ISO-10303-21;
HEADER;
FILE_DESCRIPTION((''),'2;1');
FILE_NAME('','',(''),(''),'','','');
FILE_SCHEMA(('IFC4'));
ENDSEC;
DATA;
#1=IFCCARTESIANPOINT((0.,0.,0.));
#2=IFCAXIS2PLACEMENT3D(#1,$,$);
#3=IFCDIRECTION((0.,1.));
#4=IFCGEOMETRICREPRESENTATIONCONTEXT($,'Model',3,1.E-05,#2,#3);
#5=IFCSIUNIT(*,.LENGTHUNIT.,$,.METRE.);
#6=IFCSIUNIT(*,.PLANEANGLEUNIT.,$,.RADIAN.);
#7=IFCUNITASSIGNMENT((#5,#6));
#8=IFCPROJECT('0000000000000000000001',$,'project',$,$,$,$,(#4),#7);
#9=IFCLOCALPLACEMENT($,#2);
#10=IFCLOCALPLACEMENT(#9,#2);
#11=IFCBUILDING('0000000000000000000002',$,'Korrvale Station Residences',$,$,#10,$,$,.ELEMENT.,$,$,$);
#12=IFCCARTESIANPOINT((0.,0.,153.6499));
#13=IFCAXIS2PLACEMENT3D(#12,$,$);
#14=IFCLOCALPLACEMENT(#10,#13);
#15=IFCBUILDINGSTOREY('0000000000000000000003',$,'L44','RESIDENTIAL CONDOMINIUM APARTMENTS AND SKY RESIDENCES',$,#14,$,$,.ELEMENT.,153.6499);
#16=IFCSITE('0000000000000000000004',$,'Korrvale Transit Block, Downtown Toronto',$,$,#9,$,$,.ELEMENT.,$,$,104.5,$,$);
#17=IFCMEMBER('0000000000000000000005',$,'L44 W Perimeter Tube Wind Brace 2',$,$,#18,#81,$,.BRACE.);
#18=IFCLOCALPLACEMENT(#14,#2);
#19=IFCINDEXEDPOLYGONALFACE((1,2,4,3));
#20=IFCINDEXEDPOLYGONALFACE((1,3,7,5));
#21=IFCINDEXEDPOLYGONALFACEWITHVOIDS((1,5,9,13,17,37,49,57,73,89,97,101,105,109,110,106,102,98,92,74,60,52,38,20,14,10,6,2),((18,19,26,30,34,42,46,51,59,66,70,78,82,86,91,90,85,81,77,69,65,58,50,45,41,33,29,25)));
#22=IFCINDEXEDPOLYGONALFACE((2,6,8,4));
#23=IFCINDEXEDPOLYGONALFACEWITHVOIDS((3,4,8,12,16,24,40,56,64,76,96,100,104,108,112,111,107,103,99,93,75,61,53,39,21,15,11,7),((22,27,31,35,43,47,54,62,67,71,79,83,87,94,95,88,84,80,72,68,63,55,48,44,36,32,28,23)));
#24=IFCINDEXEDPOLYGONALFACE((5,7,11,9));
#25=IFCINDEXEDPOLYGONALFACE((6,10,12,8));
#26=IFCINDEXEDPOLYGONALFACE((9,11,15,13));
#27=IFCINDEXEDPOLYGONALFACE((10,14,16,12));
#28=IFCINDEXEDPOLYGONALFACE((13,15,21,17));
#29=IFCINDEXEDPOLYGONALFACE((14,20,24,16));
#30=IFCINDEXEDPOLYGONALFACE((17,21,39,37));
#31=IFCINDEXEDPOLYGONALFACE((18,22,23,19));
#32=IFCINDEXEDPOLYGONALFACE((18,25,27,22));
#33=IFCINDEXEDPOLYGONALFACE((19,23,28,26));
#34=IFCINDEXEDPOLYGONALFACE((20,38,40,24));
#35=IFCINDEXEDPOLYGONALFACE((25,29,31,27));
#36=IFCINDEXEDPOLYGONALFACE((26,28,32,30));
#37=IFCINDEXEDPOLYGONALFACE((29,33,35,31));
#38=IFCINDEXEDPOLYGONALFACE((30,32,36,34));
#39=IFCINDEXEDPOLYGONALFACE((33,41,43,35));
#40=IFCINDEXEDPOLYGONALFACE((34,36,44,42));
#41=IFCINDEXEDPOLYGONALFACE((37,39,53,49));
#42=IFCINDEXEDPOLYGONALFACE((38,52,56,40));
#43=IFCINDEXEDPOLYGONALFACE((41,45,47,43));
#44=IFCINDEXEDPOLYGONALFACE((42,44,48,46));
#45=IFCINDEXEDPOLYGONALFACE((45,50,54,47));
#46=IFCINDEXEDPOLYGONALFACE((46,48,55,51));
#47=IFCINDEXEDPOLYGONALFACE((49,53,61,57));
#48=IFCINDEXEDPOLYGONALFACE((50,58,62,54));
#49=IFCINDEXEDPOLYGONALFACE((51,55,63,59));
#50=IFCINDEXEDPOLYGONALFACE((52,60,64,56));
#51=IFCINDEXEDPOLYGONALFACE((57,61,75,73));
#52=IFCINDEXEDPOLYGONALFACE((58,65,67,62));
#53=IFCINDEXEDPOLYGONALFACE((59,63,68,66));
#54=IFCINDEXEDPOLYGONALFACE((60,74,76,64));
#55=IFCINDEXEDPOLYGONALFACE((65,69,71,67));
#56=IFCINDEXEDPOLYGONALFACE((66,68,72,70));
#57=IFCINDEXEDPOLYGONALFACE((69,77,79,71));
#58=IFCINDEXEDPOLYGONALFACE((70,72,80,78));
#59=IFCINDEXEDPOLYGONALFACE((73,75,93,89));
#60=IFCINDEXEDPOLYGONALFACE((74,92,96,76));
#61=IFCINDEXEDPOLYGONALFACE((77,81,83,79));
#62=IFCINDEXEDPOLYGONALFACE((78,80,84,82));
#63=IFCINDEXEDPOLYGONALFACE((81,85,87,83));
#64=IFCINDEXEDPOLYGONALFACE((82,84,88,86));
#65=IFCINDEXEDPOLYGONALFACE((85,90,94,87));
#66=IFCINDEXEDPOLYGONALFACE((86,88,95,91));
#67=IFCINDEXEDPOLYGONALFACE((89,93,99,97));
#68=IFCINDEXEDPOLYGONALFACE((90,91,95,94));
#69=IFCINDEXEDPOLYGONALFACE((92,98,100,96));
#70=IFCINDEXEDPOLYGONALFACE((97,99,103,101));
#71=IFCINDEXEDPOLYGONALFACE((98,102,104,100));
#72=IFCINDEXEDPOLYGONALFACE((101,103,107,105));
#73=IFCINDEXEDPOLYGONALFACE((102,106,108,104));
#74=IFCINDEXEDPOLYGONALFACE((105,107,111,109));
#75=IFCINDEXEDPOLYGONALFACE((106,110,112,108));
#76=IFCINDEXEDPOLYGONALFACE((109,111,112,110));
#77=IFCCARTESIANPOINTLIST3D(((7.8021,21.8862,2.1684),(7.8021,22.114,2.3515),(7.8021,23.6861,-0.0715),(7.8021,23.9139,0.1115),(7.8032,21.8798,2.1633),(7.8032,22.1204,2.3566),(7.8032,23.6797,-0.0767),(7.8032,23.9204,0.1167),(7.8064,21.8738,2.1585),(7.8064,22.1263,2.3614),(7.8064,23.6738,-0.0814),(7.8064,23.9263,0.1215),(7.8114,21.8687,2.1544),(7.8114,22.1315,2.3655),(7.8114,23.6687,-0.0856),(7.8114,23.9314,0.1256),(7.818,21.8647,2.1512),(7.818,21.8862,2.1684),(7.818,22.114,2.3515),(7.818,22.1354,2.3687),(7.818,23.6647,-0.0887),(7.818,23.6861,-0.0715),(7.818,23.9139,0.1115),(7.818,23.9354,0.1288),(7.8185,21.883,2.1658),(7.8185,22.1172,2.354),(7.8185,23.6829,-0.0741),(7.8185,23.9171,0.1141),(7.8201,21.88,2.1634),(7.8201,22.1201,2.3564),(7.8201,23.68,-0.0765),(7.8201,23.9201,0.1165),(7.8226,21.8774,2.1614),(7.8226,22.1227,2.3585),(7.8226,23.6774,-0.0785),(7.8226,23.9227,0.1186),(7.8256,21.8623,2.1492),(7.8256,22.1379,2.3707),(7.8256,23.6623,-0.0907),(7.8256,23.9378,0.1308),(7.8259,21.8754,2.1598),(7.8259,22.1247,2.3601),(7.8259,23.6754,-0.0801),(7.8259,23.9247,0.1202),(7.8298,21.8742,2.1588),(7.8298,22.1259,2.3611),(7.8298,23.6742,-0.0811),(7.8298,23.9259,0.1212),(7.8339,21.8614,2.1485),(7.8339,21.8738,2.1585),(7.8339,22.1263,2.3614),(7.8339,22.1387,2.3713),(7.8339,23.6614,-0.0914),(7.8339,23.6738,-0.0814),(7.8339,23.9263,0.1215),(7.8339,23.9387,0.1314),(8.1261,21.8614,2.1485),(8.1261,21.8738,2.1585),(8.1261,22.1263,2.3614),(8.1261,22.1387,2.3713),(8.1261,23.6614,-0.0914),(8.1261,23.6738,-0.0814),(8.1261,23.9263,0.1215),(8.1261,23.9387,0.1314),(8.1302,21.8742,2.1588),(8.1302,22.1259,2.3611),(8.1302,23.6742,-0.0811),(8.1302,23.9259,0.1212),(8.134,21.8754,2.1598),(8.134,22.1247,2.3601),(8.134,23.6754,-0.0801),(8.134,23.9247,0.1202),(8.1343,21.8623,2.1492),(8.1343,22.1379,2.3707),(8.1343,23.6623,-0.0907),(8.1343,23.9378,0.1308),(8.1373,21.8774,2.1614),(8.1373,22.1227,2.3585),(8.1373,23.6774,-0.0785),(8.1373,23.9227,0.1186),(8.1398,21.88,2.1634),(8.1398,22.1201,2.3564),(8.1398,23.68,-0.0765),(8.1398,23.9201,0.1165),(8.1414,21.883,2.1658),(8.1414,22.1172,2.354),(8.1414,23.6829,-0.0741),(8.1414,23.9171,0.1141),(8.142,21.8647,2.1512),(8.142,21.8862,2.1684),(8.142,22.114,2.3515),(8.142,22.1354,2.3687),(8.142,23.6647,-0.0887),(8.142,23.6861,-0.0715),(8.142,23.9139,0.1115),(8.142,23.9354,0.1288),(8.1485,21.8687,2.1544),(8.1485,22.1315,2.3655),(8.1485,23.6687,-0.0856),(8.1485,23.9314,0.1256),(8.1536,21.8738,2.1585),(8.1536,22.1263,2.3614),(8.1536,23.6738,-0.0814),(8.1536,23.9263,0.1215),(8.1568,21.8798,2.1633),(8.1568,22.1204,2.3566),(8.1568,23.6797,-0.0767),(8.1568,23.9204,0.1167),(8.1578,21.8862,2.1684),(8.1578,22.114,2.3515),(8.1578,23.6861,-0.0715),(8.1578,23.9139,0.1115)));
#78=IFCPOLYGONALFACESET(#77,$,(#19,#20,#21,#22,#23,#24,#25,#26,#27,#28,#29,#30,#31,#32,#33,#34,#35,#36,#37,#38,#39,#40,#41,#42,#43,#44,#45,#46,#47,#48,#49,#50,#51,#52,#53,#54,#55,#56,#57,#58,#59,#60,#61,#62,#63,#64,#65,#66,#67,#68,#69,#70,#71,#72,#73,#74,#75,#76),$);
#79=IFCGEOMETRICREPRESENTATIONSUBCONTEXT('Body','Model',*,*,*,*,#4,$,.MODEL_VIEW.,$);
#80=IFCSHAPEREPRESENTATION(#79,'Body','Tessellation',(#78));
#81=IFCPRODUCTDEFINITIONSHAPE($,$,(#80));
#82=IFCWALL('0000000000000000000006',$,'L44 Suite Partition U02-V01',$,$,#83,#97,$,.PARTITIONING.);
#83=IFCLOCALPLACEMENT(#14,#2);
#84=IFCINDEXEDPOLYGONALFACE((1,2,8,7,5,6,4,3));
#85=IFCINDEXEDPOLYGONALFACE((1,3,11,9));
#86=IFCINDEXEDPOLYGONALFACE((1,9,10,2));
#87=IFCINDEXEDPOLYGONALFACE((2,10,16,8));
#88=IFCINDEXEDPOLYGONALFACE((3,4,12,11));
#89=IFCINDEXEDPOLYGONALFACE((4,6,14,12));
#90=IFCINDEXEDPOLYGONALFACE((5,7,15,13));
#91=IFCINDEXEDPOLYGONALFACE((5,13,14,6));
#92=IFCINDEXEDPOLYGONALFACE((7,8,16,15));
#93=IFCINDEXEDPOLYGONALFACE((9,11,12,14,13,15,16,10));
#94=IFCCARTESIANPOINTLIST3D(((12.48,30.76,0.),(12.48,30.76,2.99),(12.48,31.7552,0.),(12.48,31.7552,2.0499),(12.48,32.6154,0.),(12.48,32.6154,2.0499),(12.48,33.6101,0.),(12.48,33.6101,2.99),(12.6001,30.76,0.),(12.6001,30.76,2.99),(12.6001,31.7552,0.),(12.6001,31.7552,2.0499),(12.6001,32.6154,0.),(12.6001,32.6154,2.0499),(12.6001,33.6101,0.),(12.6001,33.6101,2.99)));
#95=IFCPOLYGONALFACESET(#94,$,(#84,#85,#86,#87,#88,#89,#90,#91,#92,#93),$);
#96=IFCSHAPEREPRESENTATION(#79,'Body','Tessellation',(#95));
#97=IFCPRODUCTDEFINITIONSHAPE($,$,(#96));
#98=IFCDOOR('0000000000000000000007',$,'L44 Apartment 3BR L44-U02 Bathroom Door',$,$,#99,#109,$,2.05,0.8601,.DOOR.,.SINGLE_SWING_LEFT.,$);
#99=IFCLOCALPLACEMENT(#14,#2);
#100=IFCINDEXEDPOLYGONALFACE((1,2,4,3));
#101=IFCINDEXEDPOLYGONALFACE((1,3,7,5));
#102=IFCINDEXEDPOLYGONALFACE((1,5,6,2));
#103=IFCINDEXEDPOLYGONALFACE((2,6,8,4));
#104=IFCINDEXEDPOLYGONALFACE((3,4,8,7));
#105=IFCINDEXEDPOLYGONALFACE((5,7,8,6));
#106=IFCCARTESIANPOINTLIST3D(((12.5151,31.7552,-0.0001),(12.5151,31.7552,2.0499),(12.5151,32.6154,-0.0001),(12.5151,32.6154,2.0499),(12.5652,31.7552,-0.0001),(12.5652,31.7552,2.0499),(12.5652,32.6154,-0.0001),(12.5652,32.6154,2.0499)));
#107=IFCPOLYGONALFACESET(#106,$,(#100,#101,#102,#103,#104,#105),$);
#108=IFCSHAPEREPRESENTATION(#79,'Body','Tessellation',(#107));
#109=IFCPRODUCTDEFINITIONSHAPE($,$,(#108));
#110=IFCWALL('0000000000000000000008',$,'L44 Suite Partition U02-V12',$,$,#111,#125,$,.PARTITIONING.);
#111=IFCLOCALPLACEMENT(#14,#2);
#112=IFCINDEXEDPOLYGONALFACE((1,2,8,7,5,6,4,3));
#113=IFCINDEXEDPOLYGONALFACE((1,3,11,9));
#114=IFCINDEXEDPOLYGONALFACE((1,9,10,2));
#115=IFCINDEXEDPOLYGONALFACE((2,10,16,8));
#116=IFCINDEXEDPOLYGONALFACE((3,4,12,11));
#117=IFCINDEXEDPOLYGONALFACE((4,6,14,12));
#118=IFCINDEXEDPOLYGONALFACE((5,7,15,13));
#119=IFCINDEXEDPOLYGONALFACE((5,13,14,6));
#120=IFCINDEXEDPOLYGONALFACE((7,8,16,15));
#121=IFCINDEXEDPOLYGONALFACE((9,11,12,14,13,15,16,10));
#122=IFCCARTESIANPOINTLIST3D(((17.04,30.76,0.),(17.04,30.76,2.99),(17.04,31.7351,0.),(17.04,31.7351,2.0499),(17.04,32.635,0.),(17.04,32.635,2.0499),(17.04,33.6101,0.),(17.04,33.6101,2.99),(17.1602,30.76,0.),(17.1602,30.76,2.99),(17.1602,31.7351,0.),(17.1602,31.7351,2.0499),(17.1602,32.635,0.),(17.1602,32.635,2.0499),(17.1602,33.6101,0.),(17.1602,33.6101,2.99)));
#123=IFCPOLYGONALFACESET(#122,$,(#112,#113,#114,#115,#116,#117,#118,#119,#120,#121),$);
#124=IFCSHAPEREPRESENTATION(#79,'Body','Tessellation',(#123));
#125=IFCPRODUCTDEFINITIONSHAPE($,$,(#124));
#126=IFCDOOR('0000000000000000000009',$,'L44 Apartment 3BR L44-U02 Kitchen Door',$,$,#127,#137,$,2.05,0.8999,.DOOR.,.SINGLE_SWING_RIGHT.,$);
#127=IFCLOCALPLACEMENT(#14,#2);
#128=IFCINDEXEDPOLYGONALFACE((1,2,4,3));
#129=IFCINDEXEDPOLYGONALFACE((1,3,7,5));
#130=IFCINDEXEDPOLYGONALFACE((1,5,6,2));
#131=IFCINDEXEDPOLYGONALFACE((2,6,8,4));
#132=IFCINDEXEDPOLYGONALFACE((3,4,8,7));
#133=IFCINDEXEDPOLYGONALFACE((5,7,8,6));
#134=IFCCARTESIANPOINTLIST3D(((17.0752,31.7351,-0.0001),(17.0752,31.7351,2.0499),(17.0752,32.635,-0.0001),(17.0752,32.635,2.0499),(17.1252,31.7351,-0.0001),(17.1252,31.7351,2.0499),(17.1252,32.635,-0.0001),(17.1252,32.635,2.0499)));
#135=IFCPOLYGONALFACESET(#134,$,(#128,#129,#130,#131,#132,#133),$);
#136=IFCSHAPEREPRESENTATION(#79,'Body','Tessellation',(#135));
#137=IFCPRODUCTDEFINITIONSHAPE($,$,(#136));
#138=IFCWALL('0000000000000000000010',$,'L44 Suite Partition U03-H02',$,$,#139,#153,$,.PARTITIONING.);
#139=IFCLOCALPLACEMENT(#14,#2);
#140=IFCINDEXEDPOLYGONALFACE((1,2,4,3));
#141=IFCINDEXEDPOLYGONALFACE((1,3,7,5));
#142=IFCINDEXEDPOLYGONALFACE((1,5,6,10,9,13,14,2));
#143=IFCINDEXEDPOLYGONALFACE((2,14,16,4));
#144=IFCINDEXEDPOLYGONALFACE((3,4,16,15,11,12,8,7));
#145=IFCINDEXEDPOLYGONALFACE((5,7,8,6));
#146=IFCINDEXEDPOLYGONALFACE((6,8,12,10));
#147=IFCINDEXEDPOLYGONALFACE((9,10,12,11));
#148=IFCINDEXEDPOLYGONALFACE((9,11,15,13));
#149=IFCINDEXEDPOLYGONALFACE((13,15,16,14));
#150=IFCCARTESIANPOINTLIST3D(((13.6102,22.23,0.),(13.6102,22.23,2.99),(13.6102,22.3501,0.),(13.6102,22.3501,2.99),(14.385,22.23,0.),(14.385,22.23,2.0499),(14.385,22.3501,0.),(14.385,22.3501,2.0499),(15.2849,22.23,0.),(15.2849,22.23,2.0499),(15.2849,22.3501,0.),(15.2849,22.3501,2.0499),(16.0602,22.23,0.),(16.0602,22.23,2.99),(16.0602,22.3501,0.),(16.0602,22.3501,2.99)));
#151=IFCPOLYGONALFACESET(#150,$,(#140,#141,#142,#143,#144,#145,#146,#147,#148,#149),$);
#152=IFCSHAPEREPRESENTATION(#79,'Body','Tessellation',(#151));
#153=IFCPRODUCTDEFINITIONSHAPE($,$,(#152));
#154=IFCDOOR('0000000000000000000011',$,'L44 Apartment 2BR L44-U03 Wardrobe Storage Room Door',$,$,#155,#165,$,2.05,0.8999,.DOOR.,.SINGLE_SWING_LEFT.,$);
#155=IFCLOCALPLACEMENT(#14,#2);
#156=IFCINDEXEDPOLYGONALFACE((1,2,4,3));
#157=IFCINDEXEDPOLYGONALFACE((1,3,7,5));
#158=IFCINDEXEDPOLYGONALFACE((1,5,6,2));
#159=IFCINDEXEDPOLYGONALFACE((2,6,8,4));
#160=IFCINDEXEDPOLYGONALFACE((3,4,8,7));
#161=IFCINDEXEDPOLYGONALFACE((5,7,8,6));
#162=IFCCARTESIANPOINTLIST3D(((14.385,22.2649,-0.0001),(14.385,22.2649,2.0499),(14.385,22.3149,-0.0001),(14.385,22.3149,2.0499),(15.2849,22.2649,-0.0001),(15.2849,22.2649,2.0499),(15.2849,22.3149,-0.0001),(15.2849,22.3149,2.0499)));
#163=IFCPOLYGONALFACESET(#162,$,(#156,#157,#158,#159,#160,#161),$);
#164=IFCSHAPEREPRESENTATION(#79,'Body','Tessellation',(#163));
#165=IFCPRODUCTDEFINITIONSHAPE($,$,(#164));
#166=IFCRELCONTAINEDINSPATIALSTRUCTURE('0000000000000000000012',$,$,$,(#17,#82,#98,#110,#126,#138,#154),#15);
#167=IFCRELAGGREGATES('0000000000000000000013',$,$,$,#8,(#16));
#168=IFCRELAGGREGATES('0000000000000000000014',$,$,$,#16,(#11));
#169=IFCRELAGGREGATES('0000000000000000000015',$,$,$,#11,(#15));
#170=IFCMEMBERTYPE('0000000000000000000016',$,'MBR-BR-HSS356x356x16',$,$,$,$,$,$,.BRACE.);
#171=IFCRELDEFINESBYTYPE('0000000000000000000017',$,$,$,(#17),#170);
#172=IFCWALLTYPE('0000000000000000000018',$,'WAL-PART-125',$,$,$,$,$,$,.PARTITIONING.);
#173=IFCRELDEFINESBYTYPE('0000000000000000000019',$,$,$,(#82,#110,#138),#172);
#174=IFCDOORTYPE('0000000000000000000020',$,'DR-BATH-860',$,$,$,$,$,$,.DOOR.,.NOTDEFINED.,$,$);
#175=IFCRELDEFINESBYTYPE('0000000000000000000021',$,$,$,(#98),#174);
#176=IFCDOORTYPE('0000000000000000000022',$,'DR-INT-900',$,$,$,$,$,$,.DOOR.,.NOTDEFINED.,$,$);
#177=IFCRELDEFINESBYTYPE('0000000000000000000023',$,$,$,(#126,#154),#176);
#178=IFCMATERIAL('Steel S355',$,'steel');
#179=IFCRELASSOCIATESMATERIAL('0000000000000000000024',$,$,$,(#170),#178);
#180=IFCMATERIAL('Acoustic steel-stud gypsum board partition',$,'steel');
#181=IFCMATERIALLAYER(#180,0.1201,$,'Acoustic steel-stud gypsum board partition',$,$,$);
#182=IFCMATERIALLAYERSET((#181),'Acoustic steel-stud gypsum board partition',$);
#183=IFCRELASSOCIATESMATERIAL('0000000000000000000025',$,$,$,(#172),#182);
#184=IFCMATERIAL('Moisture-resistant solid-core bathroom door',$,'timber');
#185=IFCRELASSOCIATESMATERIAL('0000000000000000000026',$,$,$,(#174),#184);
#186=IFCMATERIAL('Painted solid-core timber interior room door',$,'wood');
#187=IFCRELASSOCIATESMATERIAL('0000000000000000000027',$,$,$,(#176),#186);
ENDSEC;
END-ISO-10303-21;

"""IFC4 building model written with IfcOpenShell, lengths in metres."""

from ifc_helpers import new_model, si_unit, direction, frame, frame_2d, origin, origin_2d, place, context, subcontext, project, spatial, rectangle, hollow_rectangle, extrude, material, layer, layer_set, material_profile, profile_set, type_object, element, fill, save


model = new_model("IFC4")

# Units and contexts
model_context = context("Model", 3, precision=1e-05, world=origin(), true_north=direction((0.0, 1.0)))
body_context = subcontext(model_context, "Body", "Model", "MODEL_VIEW")
ifc_project = project(units=[si_unit("LENGTHUNIT", "METRE"), si_unit("PLANEANGLEUNIT", "RADIAN")], contexts=[model_context])

# Site, building, storey
site_placement = place(None, origin())
site = spatial("IfcSite", under=ifc_project, at=site_placement, Name="Korrvale Transit Block, Downtown Toronto", CompositionType="ELEMENT", RefElevation=104.5)
building_placement = place(site_placement, origin())
building = spatial("IfcBuilding", under=site, at=building_placement, Name="Korrvale Station Residences", CompositionType="ELEMENT")
storey_placement = place(building_placement, frame((0.0, 0.0, 153.6499)))
storey = spatial("IfcBuildingStorey", under=building, at=storey_placement, Name="L44", Description="RESIDENTIAL CONDOMINIUM APARTMENTS AND SKY RESIDENCES", CompositionType="ELEMENT", Elevation=153.6499)

# Shared definitions
ifc_material_1 = material(Name="Steel S355", Category="steel")

# Member
ifc_material_profile_1 = material_profile(ifc_material_1, hollow_rectangle(XDim=0.3557, YDim=0.3557, WallThickness=0.0159, InnerFilletRadius=0.0159, OuterFilletRadius=0.0317, at=origin_2d()), Name="HSS356x356x16")
ifc_profile_set_1 = profile_set([ifc_material_profile_1], Name="Steel S355")
member_type = type_object("IfcMemberType", Name="MBR-BR-HSS356x356x16", PredefinedType="BRACE", material=ifc_profile_set_1)
member_placement = place(storey_placement, frame((7.98, 23.8, 0.02), z_axis=(0.0, -0.626403, 0.779499), x_axis=(1.0, 0.0, 0.0)))
element("IfcMember", 1, at=member_placement, inside=storey, type_object=member_type, Name="L44 W Perimeter Tube Wind Brace 2", PredefinedType="BRACE", context=body_context, shape_type="SweptSolid", body=[
    extrude(hollow_rectangle(XDim=0.3557, YDim=0.3557, WallThickness=0.0159, InnerFilletRadius=0.0159, OuterFilletRadius=0.0317, at=origin_2d()), origin(), (0.0, 0.0, 1.0), 2.8735),
])

# Walls, openings, doors
ifc_material_2 = material(Name="Acoustic steel-stud gypsum board partition", Category="steel")
ifc_layer_1 = layer(ifc_material_2, 0.1201, Name="Acoustic steel-stud gypsum board partition")
ifc_layer_set_1 = layer_set([ifc_layer_1], Name="Acoustic steel-stud gypsum board partition")
wall_type_1 = type_object("IfcWallType", Name="WAL-PART-125", PredefinedType="PARTITIONING", material=ifc_layer_set_1)
wall_1_placement = place(storey_placement, frame((12.54, 30.76, 0.0), z_axis=(0.0, 0.0, 1.0), x_axis=(0.0, 1.0, 0.0)))
wall_1 = element("IfcWall", 2, at=wall_1_placement, inside=storey, type_object=wall_type_1, Name="L44 Suite Partition U02-V01", PredefinedType="PARTITIONING", context=body_context, shape_type="SweptSolid", body=[
    extrude(rectangle(XDim=2.8501, YDim=0.1201, at=frame_2d((1.425, 0.0))), origin(), (0.0, 0.0, 1.0), 2.99),
])
opening_1_placement = place(wall_1_placement, frame((0.9951, 0.0, 0.0)))
opening_1 = element("IfcOpeningElement", 3, at=opening_1_placement, cuts=wall_1, PredefinedType="OPENING", context=body_context, shape_type="SweptSolid", body=[
    extrude(rectangle(XDim=0.8601, YDim=2.05, at=frame_2d((0.4302, 1.0249))), frame((0.0, 0.0701, 0.0), z_axis=(0.0, -1.0, 0.0), x_axis=(1.0, 0.0, 0.0)), (0.0, 0.0, 1.0), 0.1401),
])
ifc_material_3 = material(Name="Moisture-resistant solid-core bathroom door", Category="timber")
door_type_1 = type_object("IfcDoorType", Name="DR-BATH-860", OperationType="NOTDEFINED", PredefinedType="DOOR", material=ifc_material_3)
door_1_placement = place(opening_1_placement, origin())
door_1 = element("IfcDoor", 4, at=door_1_placement, inside=storey, type_object=door_type_1, Name="L44 Apartment 3BR L44-U02 Bathroom Door", OperationType="SINGLE_SWING_LEFT", OverallHeight=2.05, OverallWidth=0.8601, PredefinedType="DOOR", context=body_context, shape_type="SweptSolid", body=[
    extrude(rectangle(XDim=0.8601, YDim=2.05, at=frame_2d((0.4302, 1.0249))), frame((0.0, 0.0249, 0.0), z_axis=(0.0, -1.0, 0.0), x_axis=(1.0, 0.0, 0.0)), (0.0, 0.0, 1.0), 0.05),
])
fill(opening_1, door_1)
wall_2_placement = place(storey_placement, frame((17.1001, 30.76, 0.0), z_axis=(0.0, 0.0, 1.0), x_axis=(0.0, 1.0, 0.0)))
wall_2 = element("IfcWall", 5, at=wall_2_placement, inside=storey, type_object=wall_type_1, Name="L44 Suite Partition U02-V12", PredefinedType="PARTITIONING", context=body_context, shape_type="SweptSolid", body=[
    extrude(rectangle(XDim=2.8501, YDim=0.1201, at=frame_2d((1.425, 0.0))), origin(), (0.0, 0.0, 1.0), 2.99),
])
opening_2_placement = place(wall_2_placement, frame((0.9751, 0.0, 0.0)))
opening_2 = element("IfcOpeningElement", 6, at=opening_2_placement, cuts=wall_2, PredefinedType="OPENING", context=body_context, shape_type="SweptSolid", body=[
    extrude(rectangle(XDim=0.8999, YDim=2.05, at=frame_2d((0.45, 1.0249))), frame((0.0, 0.0701, 0.0), z_axis=(0.0, -1.0, 0.0), x_axis=(1.0, 0.0, 0.0)), (0.0, 0.0, 1.0), 0.1401),
])
ifc_material_4 = material(Name="Painted solid-core timber interior room door", Category="wood")
door_type_2 = type_object("IfcDoorType", Name="DR-INT-900", OperationType="NOTDEFINED", PredefinedType="DOOR", material=ifc_material_4)
door_2_placement = place(opening_2_placement, origin())
door_2 = element("IfcDoor", 7, at=door_2_placement, inside=storey, type_object=door_type_2, Name="L44 Apartment 3BR L44-U02 Kitchen Door", OperationType="SINGLE_SWING_RIGHT", OverallHeight=2.05, OverallWidth=0.8999, PredefinedType="DOOR", context=body_context, shape_type="SweptSolid", body=[
    extrude(rectangle(XDim=0.8999, YDim=2.05, at=frame_2d((0.45, 1.0249))), frame((0.0, 0.0249, 0.0), z_axis=(0.0, -1.0, 0.0), x_axis=(1.0, 0.0, 0.0)), (0.0, 0.0, 1.0), 0.05),
])
fill(opening_2, door_2)
wall_3_placement = place(storey_placement, frame((13.6101, 22.29, 0.0), z_axis=(0.0, 0.0, 1.0), x_axis=(1.0, 0.0, 0.0)))
wall_3 = element("IfcWall", 8, at=wall_3_placement, inside=storey, type_object=wall_type_1, Name="L44 Suite Partition U03-H02", PredefinedType="PARTITIONING", context=body_context, shape_type="SweptSolid", body=[
    extrude(rectangle(XDim=2.45, YDim=0.1201, at=frame_2d((1.2251, 0.0))), origin(), (0.0, 0.0, 1.0), 2.99),
])
opening_3_placement = place(wall_3_placement, frame((0.7749, 0.0, 0.0)))
opening_3 = element("IfcOpeningElement", 9, at=opening_3_placement, cuts=wall_3, PredefinedType="OPENING", context=body_context, shape_type="SweptSolid", body=[
    extrude(rectangle(XDim=0.8999, YDim=2.05, at=frame_2d((0.45, 1.0249))), frame((0.0, 0.0701, 0.0), z_axis=(0.0, -1.0, 0.0), x_axis=(1.0, 0.0, 0.0)), (0.0, 0.0, 1.0), 0.1401),
])
door_3_placement = place(opening_3_placement, origin())
door_3 = element("IfcDoor", 10, at=door_3_placement, inside=storey, type_object=door_type_2, Name="L44 Apartment 2BR L44-U03 Wardrobe Storage Room Door", OperationType="SINGLE_SWING_LEFT", OverallHeight=2.05, OverallWidth=0.8999, PredefinedType="DOOR", context=body_context, shape_type="SweptSolid", body=[
    extrude(rectangle(XDim=0.8999, YDim=2.05, at=frame_2d((0.45, 1.0249))), frame((0.0, 0.0249, 0.0), z_axis=(0.0, -1.0, 0.0), x_axis=(1.0, 0.0, 0.0)), (0.0, 0.0, 1.0), 0.05),
])
fill(opening_3, door_3)

save(model, "model.ifc")
